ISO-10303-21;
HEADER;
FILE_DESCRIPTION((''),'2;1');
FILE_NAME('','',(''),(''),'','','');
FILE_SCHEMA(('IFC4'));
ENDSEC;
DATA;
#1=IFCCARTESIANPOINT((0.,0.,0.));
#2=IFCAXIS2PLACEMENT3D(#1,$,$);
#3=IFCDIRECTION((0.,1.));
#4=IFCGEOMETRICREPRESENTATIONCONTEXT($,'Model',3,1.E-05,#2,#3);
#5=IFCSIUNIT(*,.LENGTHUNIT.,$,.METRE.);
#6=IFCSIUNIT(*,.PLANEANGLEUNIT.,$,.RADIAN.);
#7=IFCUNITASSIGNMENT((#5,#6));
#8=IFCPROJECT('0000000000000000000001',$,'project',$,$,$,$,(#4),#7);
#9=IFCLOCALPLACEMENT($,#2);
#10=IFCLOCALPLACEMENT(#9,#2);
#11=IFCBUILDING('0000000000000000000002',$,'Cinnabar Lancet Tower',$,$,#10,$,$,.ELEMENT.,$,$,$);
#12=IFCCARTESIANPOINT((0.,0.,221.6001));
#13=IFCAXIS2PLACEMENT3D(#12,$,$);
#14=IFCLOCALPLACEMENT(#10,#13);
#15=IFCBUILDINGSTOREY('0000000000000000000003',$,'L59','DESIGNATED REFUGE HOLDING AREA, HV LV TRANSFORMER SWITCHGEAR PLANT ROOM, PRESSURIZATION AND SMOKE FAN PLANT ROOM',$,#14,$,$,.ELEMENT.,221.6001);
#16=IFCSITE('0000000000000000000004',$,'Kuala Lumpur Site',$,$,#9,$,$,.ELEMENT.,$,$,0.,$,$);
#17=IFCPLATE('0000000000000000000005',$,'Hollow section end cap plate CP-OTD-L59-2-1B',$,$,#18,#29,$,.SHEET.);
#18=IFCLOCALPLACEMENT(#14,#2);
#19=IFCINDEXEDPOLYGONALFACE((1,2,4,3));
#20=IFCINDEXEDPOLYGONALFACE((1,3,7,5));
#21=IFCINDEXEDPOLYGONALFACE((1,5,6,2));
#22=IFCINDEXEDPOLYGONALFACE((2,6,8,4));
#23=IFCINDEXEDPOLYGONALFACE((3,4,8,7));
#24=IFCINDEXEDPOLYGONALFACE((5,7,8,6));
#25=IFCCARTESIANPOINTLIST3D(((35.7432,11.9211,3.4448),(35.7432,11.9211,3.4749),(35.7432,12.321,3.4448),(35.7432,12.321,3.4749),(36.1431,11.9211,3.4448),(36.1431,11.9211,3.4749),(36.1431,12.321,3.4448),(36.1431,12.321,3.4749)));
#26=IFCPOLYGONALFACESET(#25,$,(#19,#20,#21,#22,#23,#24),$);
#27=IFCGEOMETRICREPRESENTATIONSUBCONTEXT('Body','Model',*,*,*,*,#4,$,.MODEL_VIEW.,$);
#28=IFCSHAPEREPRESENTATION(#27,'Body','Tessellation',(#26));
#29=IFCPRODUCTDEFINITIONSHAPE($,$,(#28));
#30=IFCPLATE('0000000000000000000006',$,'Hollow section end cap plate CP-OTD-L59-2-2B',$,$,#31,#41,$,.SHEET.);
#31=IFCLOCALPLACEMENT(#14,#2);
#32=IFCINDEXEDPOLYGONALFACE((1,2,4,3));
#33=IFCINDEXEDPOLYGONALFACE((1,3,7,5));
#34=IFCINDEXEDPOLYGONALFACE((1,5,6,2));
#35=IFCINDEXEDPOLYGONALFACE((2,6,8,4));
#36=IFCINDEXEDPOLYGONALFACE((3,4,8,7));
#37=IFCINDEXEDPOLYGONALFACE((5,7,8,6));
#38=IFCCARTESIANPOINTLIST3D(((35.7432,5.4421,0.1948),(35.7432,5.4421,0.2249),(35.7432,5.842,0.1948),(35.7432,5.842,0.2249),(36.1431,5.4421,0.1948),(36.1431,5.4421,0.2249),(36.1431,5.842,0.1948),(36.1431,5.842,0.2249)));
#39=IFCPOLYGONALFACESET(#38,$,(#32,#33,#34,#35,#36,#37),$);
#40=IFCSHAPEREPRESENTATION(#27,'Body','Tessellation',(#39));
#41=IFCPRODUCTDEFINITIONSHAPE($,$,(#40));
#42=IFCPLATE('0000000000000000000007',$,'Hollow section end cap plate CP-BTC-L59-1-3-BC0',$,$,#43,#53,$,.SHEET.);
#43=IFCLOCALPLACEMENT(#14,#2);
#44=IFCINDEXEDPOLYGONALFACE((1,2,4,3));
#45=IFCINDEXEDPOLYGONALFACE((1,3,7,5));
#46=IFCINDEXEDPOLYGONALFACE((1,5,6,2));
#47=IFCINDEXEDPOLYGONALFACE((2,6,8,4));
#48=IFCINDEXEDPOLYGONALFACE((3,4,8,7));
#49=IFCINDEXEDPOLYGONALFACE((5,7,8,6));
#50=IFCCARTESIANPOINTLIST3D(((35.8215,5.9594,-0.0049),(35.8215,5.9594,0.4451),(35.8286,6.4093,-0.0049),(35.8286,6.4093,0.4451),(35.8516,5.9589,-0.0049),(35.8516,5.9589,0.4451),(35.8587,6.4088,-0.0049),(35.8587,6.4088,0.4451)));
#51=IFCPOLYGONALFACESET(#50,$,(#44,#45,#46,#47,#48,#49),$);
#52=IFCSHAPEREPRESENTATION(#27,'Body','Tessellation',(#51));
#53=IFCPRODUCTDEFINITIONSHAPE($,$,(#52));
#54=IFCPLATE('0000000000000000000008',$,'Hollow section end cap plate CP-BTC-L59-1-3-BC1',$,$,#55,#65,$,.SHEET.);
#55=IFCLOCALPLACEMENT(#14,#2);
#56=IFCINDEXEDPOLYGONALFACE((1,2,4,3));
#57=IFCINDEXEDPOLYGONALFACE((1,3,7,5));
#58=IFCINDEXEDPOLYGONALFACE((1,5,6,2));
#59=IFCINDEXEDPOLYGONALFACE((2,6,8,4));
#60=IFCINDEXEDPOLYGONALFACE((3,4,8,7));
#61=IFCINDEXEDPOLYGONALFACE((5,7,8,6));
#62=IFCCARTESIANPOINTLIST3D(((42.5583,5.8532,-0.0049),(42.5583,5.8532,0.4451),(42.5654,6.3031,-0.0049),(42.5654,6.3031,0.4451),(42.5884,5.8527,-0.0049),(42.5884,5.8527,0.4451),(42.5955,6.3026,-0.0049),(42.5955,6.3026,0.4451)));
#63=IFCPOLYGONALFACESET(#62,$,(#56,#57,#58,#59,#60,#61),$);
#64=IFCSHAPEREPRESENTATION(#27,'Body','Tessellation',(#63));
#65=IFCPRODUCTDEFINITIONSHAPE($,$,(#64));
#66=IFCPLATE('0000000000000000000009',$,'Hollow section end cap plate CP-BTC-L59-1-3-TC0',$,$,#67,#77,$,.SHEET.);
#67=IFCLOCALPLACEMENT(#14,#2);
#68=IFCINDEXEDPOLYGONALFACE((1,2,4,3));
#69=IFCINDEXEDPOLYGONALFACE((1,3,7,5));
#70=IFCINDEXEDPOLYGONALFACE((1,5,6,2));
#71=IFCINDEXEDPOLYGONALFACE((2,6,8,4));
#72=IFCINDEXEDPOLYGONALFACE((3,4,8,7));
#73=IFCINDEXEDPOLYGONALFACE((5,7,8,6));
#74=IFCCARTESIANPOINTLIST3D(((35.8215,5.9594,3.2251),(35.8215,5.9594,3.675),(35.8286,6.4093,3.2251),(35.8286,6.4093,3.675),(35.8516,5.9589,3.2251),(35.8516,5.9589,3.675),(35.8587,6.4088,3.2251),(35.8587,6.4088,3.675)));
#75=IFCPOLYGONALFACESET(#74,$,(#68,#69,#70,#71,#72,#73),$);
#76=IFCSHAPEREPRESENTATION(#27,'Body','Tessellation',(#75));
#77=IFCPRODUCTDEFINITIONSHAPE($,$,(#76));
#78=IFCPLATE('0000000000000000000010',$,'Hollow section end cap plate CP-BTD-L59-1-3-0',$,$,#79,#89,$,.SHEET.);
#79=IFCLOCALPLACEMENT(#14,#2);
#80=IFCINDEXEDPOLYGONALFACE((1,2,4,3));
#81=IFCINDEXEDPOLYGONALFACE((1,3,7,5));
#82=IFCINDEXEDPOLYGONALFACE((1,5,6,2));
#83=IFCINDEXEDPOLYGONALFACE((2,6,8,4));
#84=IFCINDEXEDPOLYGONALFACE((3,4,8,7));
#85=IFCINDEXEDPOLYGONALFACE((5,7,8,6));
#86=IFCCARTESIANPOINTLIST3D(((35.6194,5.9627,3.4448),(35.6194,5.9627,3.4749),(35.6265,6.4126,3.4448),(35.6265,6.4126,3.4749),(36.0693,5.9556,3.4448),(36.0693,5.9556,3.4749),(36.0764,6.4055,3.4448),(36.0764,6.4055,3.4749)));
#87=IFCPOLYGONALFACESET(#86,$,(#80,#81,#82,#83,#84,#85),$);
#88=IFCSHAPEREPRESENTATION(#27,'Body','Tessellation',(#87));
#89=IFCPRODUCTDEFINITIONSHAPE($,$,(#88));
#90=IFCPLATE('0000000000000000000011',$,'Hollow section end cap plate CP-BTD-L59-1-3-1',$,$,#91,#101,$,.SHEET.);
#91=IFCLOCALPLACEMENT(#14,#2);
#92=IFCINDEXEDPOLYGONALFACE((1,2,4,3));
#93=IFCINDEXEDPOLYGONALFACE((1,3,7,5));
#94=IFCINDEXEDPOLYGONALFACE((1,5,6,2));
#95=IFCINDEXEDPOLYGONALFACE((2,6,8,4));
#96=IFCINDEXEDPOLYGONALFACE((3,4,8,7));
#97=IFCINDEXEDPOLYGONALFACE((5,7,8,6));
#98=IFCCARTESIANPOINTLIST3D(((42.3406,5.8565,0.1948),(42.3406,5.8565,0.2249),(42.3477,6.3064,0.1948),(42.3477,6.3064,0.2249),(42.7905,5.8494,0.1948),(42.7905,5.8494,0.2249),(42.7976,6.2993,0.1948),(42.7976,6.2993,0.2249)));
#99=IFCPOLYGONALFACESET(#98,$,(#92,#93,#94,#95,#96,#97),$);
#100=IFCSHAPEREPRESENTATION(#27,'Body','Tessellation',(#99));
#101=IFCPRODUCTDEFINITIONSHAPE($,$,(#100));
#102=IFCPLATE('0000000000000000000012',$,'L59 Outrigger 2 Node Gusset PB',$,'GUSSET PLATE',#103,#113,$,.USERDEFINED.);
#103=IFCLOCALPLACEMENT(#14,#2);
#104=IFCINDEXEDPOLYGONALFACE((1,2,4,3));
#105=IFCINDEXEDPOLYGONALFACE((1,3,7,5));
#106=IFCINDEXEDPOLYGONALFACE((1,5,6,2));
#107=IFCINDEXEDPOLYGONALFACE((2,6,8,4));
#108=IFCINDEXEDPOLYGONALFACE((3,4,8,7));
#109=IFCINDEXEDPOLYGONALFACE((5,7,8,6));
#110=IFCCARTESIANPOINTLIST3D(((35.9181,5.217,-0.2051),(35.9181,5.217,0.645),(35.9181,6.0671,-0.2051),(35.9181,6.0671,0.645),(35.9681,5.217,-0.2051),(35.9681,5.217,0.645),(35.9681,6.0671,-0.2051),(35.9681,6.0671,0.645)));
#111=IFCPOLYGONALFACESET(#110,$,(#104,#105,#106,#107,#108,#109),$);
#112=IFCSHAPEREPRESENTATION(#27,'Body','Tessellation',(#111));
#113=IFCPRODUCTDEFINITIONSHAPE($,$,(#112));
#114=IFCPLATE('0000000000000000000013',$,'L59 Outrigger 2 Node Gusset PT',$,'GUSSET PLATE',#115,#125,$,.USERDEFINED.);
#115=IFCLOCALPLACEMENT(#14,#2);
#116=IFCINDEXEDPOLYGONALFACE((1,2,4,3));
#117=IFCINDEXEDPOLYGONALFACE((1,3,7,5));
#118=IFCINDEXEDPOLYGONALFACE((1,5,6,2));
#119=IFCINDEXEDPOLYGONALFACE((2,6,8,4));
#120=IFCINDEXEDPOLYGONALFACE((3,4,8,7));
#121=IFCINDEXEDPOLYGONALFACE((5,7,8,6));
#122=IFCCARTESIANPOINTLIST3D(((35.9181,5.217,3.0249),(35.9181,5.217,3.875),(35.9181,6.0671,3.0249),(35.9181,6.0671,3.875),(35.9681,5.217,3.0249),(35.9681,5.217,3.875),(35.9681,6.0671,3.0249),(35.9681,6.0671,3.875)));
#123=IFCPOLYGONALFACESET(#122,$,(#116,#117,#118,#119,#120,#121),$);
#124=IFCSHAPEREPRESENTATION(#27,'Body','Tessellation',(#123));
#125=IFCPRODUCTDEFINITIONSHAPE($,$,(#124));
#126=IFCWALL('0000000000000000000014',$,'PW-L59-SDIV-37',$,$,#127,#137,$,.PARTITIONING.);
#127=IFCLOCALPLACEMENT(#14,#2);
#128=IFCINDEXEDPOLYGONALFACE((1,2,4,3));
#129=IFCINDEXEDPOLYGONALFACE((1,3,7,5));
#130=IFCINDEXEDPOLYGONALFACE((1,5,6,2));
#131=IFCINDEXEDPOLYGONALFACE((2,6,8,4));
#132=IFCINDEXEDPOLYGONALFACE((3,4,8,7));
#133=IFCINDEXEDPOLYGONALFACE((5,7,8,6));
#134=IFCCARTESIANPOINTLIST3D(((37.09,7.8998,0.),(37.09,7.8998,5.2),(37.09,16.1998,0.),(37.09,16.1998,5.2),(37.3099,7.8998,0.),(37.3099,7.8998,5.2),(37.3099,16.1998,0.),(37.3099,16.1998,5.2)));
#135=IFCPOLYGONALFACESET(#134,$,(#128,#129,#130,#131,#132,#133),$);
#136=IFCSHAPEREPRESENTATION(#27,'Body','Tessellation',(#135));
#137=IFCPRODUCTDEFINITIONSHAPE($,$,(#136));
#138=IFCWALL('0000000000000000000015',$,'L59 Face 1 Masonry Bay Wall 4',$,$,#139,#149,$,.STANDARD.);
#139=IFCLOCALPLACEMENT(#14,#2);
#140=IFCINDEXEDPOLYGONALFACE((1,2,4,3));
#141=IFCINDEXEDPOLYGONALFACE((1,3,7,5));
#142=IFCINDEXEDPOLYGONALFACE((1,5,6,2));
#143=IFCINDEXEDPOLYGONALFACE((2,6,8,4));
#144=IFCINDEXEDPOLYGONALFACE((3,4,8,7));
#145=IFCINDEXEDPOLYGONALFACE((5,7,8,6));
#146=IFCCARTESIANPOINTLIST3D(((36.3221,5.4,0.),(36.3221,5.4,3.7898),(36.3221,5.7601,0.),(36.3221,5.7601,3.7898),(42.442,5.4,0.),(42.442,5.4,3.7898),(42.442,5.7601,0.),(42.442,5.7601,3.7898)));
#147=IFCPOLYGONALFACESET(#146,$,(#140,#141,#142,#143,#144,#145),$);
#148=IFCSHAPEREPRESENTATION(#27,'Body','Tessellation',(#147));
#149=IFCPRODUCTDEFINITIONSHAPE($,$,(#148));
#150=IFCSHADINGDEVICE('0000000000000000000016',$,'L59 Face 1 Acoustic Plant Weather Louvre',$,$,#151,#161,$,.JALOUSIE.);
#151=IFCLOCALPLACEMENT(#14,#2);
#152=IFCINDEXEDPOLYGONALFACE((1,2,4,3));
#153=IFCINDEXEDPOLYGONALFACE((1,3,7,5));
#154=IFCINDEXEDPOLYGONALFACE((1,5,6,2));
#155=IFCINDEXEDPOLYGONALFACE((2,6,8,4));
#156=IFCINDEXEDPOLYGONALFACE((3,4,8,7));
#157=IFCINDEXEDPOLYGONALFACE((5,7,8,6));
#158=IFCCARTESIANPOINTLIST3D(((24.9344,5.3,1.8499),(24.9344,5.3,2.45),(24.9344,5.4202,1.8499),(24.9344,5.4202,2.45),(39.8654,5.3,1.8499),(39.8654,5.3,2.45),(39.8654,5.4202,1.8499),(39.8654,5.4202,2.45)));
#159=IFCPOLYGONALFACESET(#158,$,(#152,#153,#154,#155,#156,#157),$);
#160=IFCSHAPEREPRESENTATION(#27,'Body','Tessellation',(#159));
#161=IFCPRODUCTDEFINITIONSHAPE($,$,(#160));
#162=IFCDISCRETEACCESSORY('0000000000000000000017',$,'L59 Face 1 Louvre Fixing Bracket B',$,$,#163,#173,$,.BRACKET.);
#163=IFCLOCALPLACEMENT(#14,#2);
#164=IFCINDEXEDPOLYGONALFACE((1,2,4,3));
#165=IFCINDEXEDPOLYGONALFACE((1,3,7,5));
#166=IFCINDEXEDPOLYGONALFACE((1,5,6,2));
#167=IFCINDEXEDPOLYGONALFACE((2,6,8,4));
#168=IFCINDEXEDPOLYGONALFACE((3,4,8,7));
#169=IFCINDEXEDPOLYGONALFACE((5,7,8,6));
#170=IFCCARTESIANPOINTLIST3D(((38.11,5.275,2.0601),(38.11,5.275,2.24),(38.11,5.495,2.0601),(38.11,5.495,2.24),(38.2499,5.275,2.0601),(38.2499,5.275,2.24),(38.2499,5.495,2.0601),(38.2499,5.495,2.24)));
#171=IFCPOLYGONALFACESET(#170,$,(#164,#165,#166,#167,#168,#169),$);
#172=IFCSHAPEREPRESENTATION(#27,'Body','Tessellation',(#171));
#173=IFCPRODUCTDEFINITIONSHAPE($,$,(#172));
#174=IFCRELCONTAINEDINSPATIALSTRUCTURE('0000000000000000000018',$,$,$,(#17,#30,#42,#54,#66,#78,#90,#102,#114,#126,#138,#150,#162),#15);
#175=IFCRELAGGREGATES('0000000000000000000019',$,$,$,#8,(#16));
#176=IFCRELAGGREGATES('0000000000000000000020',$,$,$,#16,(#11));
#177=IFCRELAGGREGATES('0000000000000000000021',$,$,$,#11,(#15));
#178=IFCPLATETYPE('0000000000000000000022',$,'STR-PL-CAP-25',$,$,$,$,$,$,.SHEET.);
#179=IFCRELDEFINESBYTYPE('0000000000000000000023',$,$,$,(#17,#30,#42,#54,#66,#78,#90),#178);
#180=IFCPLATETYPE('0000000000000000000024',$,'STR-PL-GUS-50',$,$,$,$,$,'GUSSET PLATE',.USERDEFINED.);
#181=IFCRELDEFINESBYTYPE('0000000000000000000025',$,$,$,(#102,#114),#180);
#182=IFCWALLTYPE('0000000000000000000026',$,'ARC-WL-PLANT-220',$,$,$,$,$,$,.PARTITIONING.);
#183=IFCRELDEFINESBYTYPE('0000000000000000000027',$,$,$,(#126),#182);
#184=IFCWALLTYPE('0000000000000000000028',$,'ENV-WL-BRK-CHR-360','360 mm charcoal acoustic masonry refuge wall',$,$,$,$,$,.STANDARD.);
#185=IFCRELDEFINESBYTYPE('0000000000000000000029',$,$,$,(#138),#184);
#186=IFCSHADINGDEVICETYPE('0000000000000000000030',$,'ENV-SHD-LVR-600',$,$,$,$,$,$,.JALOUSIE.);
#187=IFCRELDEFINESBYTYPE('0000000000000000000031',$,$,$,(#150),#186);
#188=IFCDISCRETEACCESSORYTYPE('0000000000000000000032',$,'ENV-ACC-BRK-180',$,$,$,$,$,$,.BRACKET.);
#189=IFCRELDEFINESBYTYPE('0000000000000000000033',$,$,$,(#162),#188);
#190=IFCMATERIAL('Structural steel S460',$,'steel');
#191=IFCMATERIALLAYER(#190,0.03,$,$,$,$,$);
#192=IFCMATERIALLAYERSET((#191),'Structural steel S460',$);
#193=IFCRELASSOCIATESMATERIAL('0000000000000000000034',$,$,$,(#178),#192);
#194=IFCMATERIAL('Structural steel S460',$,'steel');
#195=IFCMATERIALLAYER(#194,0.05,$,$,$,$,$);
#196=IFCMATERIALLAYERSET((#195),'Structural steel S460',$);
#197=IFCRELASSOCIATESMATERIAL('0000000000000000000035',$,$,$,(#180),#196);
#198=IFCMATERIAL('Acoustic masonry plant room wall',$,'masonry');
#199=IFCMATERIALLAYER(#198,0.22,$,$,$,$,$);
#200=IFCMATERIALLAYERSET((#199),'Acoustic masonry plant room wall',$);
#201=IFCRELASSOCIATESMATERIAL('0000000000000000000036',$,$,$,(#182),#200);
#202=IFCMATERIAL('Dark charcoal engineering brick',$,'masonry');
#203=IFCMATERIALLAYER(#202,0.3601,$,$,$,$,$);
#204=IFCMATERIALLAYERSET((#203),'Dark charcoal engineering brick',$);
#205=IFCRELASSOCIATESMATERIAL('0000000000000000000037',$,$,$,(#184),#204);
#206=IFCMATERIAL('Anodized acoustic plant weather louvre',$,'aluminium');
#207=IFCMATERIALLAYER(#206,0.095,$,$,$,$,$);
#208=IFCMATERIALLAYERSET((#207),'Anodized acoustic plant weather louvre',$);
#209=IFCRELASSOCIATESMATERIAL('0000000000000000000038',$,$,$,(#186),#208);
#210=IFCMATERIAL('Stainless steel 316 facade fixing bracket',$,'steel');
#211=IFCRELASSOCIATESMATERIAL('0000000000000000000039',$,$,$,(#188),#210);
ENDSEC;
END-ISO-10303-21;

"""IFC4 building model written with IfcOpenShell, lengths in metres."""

from ifc_helpers import new_model, si_unit, direction, frame, frame_2d, origin, origin_2d, place, context, subcontext, project, spatial, rectangle, extrude, material, layer, layer_set, type_object, element, save


model = new_model("IFC4")

# Units and contexts
model_context = context("Model", 3, precision=1e-05, world=origin(), true_north=direction((0.0, 1.0)))
body_context = subcontext(model_context, "Body", "Model", "MODEL_VIEW")
ifc_project = project(units=[si_unit("LENGTHUNIT", "METRE"), si_unit("PLANEANGLEUNIT", "RADIAN")], contexts=[model_context])

# Site, building, storey
site_placement = place(None, origin())
site = spatial("IfcSite", under=ifc_project, at=site_placement, Name="Kuala Lumpur Site", CompositionType="ELEMENT", RefElevation=0.0)
building_placement = place(site_placement, origin())
building = spatial("IfcBuilding", under=site, at=building_placement, Name="Cinnabar Lancet Tower", CompositionType="ELEMENT")
storey_placement = place(building_placement, frame((0.0, 0.0, 221.6001)))
storey = spatial("IfcBuildingStorey", under=building, at=storey_placement, Name="L59", Description="DESIGNATED REFUGE HOLDING AREA, HV LV TRANSFORMER SWITCHGEAR PLANT ROOM, PRESSURIZATION AND SMOKE FAN PLANT ROOM", CompositionType="ELEMENT", Elevation=221.6001)

# Plates
ifc_material_1 = material(Name="Structural steel S460", Category="steel")
ifc_layer_1 = layer(ifc_material_1, 0.03)
ifc_layer_set_1 = layer_set([ifc_layer_1], Name="Structural steel S460")
plate_type_1 = type_object("IfcPlateType", Name="STR-PL-CAP-25", PredefinedType="SHEET", material=ifc_layer_set_1)
for number, where, z_axis, x_axis, name in (
    (1, (35.9431, 12.1211, 3.4448), (0.0, 0.0, 1.0), (0.0, -1.0, 0.0), "Hollow section end cap plate CP-OTD-L59-2-1B"),
    (2, (35.9431, 5.6421, 0.1948), (0.0, 0.0, 1.0), (0.0, -1.0, 0.0), "Hollow section end cap plate CP-OTD-L59-2-2B"),
):
    element("IfcPlate", number, at=place(storey_placement, frame(where, z_axis=z_axis, x_axis=x_axis)), inside=storey, type_object=plate_type_1, Name=name, PredefinedType="SHEET", context=body_context, shape_type="SweptSolid", body=[
        extrude(rectangle(XDim=0.3999, YDim=0.3999, at=origin_2d()), origin(), (0.0, 0.0, 1.0), 0.03),
    ])
for number, where, z_axis, x_axis, name in (
    (3, (35.8401, 6.1841, -0.0049), (0.0, 0.0, 1.0), (-0.999876, 0.015777, 0.0), "Hollow section end cap plate CP-BTC-L59-1-3-BC0"),
    (4, (42.5769, 6.0779, -0.0049), (0.0, 0.0, 1.0), (0.999876, -0.015777, 0.0), "Hollow section end cap plate CP-BTC-L59-1-3-BC1"),
    (5, (35.8401, 6.1841, 3.2251), (0.0, 0.0, 1.0), (-0.999876, 0.015777, 0.0), "Hollow section end cap plate CP-BTC-L59-1-3-TC0"),
):
    element("IfcPlate", number, at=place(storey_placement, frame(where, z_axis=z_axis, x_axis=x_axis)), inside=storey, type_object=plate_type_1, Name=name, PredefinedType="SHEET", context=body_context, shape_type="SweptSolid", body=[
        extrude(rectangle(XDim=0.03, YDim=0.45, at=origin_2d()), origin(), (0.0, 0.0, 1.0), 0.45),
    ])
for number, where, z_axis, x_axis, name in (
    (6, (35.8479, 6.1841, 3.4448), (0.0, 0.0, 1.0), (-0.999876, 0.015777, 0.0), "Hollow section end cap plate CP-BTD-L59-1-3-0"),
    (7, (42.5691, 6.0779, 0.1948), (0.0, 0.0, 1.0), (0.999876, -0.015777, 0.0), "Hollow section end cap plate CP-BTD-L59-1-3-1"),
):
    element("IfcPlate", number, at=place(storey_placement, frame(where, z_axis=z_axis, x_axis=x_axis)), inside=storey, type_object=plate_type_1, Name=name, PredefinedType="SHEET", context=body_context, shape_type="SweptSolid", body=[
        extrude(rectangle(XDim=0.45, YDim=0.45, at=origin_2d()), origin(), (0.0, 0.0, 1.0), 0.03),
    ])
ifc_material_2 = material(Name="Structural steel S460", Category="steel")
ifc_layer_2 = layer(ifc_material_2, 0.05)
ifc_layer_set_2 = layer_set([ifc_layer_2], Name="Structural steel S460")
plate_type_2 = type_object("IfcPlateType", Name="STR-PL-GUS-50", ElementType="GUSSET PLATE", PredefinedType="USERDEFINED", material=ifc_layer_set_2)
for number, where, z_axis, x_axis, name in (
    (8, (35.9431, 5.6421, -0.2051), (0.0, 0.0, 1.0), (1.0, 0.0, 0.0), "L59 Outrigger 2 Node Gusset PB"),
    (9, (35.9431, 5.6421, 3.0249), (0.0, 0.0, 1.0), (1.0, 0.0, 0.0), "L59 Outrigger 2 Node Gusset PT"),
):
    element("IfcPlate", number, at=place(storey_placement, frame(where, z_axis=z_axis, x_axis=x_axis)), inside=storey, type_object=plate_type_2, Name=name, ObjectType="GUSSET PLATE", PredefinedType="USERDEFINED", context=body_context, shape_type="SweptSolid", body=[
        extrude(rectangle(XDim=0.05, YDim=0.8501, at=origin_2d()), origin(), (0.0, 0.0, 1.0), 0.8501),
    ])

# Walls
ifc_material_3 = material(Name="Acoustic masonry plant room wall", Category="masonry")
ifc_layer_3 = layer(ifc_material_3, 0.22)
ifc_layer_set_3 = layer_set([ifc_layer_3], Name="Acoustic masonry plant room wall")
wall_type_1 = type_object("IfcWallType", Name="ARC-WL-PLANT-220", PredefinedType="PARTITIONING", material=ifc_layer_set_3)
wall_1_placement = place(storey_placement, frame((37.2, 7.8999, 0.0), z_axis=(0.0, 0.0, 1.0), x_axis=(0.0, 1.0, 0.0)))
element("IfcWall", 10, at=wall_1_placement, inside=storey, type_object=wall_type_1, Name="PW-L59-SDIV-37", PredefinedType="PARTITIONING", context=body_context, shape_type="SweptSolid", body=[
    extrude(rectangle(XDim=8.3, YDim=0.22, at=frame_2d((4.1499, 0.0))), origin(), (0.0, 0.0, 1.0), 5.2),
])
ifc_material_4 = material(Name="Dark charcoal engineering brick", Category="masonry")
ifc_layer_4 = layer(ifc_material_4, 0.3601)
ifc_layer_set_4 = layer_set([ifc_layer_4], Name="Dark charcoal engineering brick")
wall_type_2 = type_object("IfcWallType", Name="ENV-WL-BRK-CHR-360", Description="360 mm charcoal acoustic masonry refuge wall", PredefinedType="STANDARD", material=ifc_layer_set_4)
wall_2_placement = place(storey_placement, frame((36.322, 5.5801, 0.0), z_axis=(0.0, 0.0, 1.0), x_axis=(1.0, 0.0, 0.0)))
element("IfcWall", 11, at=wall_2_placement, inside=storey, type_object=wall_type_2, Name="L59 Face 1 Masonry Bay Wall 4", PredefinedType="STANDARD", context=body_context, shape_type="SweptSolid", body=[
    extrude(rectangle(XDim=6.1199, YDim=0.3601, at=frame_2d((3.0601, 0.0))), origin(), (0.0, 0.0, 1.0), 3.7898),
])

# Shading device
ifc_material_5 = material(Name="Anodized acoustic plant weather louvre", Category="aluminium")
ifc_layer_5 = layer(ifc_material_5, 0.095)
ifc_layer_set_5 = layer_set([ifc_layer_5], Name="Anodized acoustic plant weather louvre")
shading_device_type = type_object("IfcShadingDeviceType", Name="ENV-SHD-LVR-600", PredefinedType="JALOUSIE", material=ifc_layer_set_5)
shading_device_placement = place(storey_placement, frame((32.3999, 5.3601, 1.8499), z_axis=(0.0, 0.0, 1.0), x_axis=(1.0, 0.0, 0.0)))
element("IfcShadingDevice", 12, at=shading_device_placement, inside=storey, type_object=shading_device_type, Name="L59 Face 1 Acoustic Plant Weather Louvre", PredefinedType="JALOUSIE", context=body_context, shape_type="SweptSolid", body=[
    extrude(rectangle(XDim=14.9309, YDim=0.1201, at=origin_2d()), origin(), (0.0, 0.0, 1.0), 0.6001),
])

# Discrete accessory
ifc_material_6 = material(Name="Stainless steel 316 facade fixing bracket", Category="steel")
discrete_accessory_type = type_object("IfcDiscreteAccessoryType", Name="ENV-ACC-BRK-180", PredefinedType="BRACKET", material=ifc_material_6)
discrete_accessory_placement = place(storey_placement, frame((38.1799, 5.385, 2.0601), z_axis=(0.0, 0.0, 1.0), x_axis=(1.0, 0.0, 0.0)))
element("IfcDiscreteAccessory", 13, at=discrete_accessory_placement, inside=storey, type_object=discrete_accessory_type, Name="L59 Face 1 Louvre Fixing Bracket B", PredefinedType="BRACKET", context=body_context, shape_type="SweptSolid", body=[
    extrude(rectangle(XDim=0.1399, YDim=0.22, at=origin_2d()), origin(), (0.0, 0.0, 1.0), 0.1799),
])

save(model, "model.ifc")
